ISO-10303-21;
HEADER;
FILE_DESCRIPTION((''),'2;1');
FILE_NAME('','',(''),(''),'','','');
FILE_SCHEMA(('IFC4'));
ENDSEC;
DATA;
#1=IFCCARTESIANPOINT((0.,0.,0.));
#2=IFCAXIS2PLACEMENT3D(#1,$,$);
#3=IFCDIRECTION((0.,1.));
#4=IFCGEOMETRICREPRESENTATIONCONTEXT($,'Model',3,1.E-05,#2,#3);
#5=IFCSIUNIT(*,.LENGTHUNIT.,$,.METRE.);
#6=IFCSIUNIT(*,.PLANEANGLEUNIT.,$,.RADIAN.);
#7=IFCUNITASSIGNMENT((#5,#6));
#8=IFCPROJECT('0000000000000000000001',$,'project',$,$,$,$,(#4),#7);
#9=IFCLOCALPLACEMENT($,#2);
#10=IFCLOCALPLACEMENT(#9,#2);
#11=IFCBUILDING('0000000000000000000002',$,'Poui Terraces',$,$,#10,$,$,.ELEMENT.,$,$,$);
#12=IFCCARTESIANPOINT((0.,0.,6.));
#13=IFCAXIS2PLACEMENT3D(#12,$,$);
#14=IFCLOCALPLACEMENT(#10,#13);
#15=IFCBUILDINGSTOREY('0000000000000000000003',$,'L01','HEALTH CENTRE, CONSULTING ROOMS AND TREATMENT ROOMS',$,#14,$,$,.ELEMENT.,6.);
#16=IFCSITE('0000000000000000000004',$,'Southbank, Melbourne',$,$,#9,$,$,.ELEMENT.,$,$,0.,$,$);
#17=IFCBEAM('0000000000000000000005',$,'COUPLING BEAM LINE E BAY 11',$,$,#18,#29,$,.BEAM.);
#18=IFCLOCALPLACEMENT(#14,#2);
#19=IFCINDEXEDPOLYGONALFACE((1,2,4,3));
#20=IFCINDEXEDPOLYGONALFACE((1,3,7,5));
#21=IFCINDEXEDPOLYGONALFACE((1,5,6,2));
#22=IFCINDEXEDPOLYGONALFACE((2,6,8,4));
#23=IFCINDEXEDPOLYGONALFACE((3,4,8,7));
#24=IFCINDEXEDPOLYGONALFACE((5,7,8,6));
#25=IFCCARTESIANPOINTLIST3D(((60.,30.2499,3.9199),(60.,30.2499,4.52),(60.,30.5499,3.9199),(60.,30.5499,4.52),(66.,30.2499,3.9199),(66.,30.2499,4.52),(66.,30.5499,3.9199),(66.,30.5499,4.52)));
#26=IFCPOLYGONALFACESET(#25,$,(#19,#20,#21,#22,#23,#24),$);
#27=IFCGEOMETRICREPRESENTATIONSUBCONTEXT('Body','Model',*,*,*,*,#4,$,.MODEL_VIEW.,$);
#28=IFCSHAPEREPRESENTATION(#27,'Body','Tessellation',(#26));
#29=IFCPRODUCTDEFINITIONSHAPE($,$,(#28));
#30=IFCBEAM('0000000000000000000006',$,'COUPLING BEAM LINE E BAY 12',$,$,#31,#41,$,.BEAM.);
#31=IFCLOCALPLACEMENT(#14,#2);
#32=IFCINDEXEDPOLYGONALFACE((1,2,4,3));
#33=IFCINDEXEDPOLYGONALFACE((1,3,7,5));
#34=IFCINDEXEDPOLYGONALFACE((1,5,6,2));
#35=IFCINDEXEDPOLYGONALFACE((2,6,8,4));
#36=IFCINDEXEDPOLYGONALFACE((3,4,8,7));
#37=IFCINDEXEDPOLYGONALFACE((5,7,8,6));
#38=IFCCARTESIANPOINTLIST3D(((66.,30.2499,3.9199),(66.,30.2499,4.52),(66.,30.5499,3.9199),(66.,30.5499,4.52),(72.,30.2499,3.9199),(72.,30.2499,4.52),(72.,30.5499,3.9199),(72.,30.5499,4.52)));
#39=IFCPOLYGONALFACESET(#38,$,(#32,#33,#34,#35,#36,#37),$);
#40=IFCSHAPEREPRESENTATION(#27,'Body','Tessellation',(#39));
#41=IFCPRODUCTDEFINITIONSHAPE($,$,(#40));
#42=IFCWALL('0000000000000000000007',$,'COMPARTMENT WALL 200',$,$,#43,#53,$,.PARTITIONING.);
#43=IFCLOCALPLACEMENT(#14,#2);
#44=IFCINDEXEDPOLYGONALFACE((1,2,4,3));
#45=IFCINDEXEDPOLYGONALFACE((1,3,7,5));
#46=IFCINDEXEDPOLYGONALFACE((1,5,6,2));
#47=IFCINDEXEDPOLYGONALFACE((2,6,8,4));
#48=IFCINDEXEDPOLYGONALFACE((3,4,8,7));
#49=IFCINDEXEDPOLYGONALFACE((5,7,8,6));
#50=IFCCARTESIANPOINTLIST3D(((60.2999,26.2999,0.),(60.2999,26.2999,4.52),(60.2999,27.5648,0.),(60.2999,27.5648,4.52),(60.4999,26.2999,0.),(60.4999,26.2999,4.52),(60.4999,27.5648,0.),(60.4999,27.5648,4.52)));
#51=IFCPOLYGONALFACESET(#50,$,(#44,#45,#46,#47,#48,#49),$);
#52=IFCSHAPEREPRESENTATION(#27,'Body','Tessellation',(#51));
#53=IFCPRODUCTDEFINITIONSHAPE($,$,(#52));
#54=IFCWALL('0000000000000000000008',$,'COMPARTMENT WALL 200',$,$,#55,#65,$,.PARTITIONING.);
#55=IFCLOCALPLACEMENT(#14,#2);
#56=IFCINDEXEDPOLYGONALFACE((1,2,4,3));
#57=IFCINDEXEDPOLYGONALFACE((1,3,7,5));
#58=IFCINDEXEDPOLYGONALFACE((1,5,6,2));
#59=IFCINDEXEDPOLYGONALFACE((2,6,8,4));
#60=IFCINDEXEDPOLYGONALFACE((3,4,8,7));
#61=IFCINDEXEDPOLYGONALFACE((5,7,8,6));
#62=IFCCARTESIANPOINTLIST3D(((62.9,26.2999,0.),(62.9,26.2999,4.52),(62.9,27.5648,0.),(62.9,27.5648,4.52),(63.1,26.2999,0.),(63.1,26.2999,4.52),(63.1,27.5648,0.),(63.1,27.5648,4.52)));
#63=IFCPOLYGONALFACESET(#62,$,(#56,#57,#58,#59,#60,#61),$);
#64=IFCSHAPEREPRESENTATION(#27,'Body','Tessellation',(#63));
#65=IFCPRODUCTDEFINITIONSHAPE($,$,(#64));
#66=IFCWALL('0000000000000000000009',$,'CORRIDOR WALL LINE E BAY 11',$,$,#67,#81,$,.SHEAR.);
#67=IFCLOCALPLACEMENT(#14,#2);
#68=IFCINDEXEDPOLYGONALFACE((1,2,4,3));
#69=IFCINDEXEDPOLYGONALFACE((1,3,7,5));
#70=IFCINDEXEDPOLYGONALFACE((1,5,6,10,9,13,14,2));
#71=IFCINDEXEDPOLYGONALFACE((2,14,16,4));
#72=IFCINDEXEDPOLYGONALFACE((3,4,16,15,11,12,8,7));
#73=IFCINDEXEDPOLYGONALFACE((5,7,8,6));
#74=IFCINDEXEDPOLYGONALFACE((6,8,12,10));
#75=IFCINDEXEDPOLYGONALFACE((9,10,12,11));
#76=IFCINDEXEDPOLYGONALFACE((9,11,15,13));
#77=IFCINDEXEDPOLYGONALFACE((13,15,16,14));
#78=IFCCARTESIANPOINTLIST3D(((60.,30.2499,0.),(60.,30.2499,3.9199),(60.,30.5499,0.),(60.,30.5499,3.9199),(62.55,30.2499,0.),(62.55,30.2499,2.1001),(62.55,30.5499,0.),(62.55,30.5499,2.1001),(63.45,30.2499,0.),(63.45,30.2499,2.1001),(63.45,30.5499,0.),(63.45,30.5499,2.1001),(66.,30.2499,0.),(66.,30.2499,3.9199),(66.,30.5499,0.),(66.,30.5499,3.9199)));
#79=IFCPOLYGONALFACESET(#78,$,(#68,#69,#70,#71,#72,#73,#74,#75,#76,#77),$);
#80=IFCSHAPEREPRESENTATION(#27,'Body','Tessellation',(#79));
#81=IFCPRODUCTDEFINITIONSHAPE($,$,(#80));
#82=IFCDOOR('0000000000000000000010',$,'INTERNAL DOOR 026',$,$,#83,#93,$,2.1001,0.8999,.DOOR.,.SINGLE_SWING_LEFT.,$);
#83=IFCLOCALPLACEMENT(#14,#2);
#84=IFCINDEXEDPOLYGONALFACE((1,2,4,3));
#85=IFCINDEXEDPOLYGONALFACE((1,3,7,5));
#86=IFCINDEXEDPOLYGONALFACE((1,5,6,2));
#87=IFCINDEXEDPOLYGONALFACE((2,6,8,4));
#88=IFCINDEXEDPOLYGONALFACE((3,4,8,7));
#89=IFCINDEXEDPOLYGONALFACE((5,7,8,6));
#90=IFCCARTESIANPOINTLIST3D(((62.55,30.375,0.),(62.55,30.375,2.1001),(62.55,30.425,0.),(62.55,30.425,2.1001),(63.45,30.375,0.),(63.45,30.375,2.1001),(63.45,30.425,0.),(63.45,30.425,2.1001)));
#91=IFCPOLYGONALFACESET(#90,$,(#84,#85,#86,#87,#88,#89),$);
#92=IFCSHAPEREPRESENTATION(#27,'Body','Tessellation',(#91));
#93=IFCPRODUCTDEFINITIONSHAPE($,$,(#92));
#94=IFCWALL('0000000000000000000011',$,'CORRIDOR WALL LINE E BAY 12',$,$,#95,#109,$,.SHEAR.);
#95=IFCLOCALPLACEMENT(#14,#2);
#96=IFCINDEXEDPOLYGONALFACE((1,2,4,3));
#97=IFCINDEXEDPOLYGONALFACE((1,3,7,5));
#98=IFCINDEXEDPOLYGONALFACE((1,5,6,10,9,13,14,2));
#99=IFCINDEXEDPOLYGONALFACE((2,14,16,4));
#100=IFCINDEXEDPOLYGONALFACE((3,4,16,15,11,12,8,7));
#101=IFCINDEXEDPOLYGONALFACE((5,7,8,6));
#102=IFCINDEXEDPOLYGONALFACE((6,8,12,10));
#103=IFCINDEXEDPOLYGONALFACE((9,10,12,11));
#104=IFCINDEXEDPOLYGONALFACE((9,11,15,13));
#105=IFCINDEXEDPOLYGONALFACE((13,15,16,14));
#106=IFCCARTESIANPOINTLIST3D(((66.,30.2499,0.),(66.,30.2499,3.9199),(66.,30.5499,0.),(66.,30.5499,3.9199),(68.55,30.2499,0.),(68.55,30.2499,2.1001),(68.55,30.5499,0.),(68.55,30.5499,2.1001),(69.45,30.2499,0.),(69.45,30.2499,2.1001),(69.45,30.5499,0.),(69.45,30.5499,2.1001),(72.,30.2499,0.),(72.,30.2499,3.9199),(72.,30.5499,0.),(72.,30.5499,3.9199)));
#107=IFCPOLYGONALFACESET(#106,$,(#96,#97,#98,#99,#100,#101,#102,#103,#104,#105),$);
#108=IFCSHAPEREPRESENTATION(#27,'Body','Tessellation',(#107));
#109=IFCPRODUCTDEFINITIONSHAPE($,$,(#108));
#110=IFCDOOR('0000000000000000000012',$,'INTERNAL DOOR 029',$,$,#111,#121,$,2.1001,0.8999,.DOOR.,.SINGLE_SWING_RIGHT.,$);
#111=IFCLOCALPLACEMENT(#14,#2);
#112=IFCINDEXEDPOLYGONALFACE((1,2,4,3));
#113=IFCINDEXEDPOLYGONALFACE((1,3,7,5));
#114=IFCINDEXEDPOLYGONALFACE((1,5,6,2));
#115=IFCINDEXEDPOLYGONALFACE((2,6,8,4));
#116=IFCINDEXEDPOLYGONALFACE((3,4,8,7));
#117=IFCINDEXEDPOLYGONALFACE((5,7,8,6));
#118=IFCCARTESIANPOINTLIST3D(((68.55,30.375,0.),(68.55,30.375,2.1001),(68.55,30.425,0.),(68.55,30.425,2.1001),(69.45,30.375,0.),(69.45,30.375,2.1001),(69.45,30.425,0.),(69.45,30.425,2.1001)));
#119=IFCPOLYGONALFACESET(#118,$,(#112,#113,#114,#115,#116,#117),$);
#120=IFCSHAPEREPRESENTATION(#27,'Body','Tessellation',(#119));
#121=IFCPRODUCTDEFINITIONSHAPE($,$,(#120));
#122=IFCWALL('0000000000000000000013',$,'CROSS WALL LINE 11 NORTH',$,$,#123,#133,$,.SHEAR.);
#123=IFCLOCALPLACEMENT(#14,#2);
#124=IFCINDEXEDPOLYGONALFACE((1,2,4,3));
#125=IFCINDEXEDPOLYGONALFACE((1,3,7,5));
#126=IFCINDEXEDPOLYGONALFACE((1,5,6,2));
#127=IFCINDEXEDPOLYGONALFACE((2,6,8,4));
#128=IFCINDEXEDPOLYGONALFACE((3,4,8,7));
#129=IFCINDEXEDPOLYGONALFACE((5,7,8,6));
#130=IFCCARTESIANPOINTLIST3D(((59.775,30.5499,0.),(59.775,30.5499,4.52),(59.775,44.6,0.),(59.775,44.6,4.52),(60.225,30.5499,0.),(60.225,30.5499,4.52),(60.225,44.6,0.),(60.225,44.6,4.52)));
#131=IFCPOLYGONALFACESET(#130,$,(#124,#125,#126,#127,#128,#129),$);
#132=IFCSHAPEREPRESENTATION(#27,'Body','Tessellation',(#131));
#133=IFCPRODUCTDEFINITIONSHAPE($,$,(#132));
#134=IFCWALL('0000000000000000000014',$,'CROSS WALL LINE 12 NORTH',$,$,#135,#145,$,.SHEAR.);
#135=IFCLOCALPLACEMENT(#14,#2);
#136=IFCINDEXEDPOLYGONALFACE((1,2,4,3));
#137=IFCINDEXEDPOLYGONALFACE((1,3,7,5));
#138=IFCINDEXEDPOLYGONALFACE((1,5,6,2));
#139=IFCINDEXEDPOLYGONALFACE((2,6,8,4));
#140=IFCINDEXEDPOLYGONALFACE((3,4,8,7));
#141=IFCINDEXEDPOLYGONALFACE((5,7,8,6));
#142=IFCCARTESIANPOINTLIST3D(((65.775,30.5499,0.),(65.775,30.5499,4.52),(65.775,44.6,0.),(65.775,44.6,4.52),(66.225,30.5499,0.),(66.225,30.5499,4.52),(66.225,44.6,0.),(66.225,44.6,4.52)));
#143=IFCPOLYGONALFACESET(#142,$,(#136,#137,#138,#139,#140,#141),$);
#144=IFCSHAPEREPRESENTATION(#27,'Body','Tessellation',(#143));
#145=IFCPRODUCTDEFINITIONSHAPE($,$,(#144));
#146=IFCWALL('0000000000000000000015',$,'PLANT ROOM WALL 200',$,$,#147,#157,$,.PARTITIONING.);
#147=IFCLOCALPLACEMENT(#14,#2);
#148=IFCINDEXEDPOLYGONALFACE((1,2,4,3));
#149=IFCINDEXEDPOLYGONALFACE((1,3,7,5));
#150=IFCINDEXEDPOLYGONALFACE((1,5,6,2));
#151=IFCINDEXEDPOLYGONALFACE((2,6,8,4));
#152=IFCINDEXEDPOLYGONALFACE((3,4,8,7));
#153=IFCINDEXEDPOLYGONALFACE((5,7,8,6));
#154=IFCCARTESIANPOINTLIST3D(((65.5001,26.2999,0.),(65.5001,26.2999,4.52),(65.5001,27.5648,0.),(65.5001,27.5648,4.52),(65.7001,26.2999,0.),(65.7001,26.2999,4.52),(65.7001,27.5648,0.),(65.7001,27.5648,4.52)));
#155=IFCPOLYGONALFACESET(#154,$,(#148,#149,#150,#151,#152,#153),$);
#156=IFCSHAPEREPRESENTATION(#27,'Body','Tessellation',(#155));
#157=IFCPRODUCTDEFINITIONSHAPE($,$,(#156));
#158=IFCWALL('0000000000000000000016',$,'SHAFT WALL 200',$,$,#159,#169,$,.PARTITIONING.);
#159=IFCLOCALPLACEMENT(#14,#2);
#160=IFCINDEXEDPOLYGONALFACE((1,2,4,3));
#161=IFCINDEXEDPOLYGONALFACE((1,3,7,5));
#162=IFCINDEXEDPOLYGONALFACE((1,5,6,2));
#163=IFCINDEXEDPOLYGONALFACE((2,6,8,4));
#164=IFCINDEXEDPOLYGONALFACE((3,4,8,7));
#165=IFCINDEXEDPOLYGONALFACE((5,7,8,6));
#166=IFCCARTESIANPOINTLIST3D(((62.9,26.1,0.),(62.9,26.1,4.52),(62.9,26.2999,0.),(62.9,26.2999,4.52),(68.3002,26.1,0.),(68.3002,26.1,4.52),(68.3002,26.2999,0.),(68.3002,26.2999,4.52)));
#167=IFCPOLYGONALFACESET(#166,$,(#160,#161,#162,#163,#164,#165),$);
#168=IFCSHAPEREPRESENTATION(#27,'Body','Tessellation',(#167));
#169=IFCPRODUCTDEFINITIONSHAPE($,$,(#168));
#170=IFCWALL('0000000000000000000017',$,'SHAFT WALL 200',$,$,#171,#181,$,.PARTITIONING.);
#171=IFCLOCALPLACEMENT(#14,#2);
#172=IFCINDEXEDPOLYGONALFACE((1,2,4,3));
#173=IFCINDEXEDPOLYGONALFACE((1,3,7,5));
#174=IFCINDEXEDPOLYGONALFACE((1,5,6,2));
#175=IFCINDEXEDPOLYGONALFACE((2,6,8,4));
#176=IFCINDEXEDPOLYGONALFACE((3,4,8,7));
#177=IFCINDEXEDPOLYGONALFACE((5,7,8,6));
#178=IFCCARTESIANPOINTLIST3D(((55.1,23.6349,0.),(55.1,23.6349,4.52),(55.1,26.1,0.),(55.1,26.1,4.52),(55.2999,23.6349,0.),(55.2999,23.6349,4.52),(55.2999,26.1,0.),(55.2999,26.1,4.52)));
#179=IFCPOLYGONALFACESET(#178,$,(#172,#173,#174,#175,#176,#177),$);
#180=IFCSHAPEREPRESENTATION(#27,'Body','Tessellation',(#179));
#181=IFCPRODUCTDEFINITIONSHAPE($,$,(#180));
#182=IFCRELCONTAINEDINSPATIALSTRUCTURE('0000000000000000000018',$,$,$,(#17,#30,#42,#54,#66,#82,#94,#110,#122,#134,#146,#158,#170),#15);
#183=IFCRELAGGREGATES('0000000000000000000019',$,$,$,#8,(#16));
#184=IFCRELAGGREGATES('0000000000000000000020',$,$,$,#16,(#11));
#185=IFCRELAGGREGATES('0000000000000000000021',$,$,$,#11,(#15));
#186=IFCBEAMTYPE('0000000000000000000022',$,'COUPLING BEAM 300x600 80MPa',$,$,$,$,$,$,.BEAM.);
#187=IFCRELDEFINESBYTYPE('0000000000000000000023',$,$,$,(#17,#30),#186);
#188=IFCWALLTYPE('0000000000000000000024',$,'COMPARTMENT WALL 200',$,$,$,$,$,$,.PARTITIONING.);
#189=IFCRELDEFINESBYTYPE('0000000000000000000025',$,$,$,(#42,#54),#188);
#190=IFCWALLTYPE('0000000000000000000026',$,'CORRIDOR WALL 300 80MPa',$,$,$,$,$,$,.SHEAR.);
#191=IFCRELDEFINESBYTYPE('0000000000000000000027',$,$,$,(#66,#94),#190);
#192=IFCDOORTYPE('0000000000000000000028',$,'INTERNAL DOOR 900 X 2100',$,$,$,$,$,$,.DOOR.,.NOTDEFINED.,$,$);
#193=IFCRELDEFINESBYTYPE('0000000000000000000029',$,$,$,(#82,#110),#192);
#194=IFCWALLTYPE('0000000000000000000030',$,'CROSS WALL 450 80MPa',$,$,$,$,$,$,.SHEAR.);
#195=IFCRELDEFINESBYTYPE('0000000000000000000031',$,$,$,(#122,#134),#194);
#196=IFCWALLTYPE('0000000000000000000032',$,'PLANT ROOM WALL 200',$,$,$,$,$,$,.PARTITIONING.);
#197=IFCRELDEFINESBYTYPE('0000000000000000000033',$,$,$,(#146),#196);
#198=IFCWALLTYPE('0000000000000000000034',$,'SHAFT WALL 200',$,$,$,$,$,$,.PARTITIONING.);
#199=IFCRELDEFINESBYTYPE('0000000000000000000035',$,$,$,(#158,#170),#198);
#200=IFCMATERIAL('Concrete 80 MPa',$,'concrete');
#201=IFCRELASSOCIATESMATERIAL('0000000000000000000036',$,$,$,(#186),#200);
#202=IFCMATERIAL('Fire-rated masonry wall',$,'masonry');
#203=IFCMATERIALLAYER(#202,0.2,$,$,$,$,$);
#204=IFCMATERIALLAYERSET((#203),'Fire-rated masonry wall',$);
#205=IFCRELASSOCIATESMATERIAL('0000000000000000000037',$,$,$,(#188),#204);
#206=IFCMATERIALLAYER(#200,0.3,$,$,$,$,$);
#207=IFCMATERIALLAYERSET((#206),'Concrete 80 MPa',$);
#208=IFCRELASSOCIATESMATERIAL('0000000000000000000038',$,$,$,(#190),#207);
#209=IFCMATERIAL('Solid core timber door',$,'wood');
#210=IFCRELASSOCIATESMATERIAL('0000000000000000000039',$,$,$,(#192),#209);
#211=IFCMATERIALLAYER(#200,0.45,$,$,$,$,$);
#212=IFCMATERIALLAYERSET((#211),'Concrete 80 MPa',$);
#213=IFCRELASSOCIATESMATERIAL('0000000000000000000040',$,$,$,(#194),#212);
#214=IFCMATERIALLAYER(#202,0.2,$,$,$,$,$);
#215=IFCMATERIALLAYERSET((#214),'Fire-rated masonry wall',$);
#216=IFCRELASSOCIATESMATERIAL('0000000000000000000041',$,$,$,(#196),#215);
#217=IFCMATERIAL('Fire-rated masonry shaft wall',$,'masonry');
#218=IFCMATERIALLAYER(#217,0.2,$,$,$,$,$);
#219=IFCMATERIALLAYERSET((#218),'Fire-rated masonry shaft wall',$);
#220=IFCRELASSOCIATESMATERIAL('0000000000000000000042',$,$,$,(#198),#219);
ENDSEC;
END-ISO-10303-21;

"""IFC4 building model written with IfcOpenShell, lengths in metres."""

from ifc_helpers import new_model, si_unit, direction, frame, frame_2d, origin, origin_2d, place, context, subcontext, project, spatial, rectangle, extrude, source, transform, mapped, material, layer, layer_set, material_profile, profile_set, type_object, element, fill, save


model = new_model("IFC4")

# Units and contexts
model_context = context("Model", 3, precision=1e-05, world=origin(), true_north=direction((0.0, 1.0)))
body_context = subcontext(model_context, "Body", "Model", "MODEL_VIEW")
ifc_project = project(units=[si_unit("LENGTHUNIT", "METRE"), si_unit("PLANEANGLEUNIT", "RADIAN")], contexts=[model_context])

# Site, building, storey
site_placement = place(None, origin())
site = spatial("IfcSite", under=ifc_project, at=site_placement, Name="Southbank, Melbourne", CompositionType="ELEMENT", RefElevation=0.0)
building_placement = place(site_placement, origin())
building = spatial("IfcBuilding", under=site, at=building_placement, Name="Poui Terraces", CompositionType="ELEMENT")
storey_placement = place(building_placement, frame((0.0, 0.0, 6.0)))
storey = spatial("IfcBuildingStorey", under=building, at=storey_placement, Name="L01", Description="HEALTH CENTRE, CONSULTING ROOMS AND TREATMENT ROOMS", CompositionType="ELEMENT", Elevation=6.0)

# Beams
ifc_material_1 = material(Name="Concrete 80 MPa", Category="concrete")
ifc_material_profile = material_profile(ifc_material_1, rectangle(XDim=0.3, YDim=0.6001, at=origin_2d()), Name="RC 300x600")
ifc_profile_set = profile_set([ifc_material_profile], Name="Concrete 80 MPa")
beam_type = type_object("IfcBeamType", Name="COUPLING BEAM 300x600 80MPa", PredefinedType="BEAM", material=ifc_profile_set)
shared_shape = source(origin(), body_context, "Body", "SweptSolid", [
    extrude(rectangle(XDim=0.3, YDim=0.6001, at=origin_2d()), origin(), (0.0, 0.0, 1.0), 6.0),
])
for number, where, z_axis, x_axis, name in (
    (1, (60.0, 30.3999, 4.22), (1.0, 0.0, 0.0), (0.0, 1.0, 0.0), "COUPLING BEAM LINE E BAY 11"),
    (2, (66.0, 30.3999, 4.22), (1.0, 0.0, 0.0), (0.0, 1.0, 0.0), "COUPLING BEAM LINE E BAY 12"),
):
    element("IfcBeam", number, at=place(storey_placement, frame(where, z_axis=z_axis, x_axis=x_axis)), inside=storey, type_object=beam_type, Name=name, PredefinedType="BEAM", context=body_context, shape_type="MappedRepresentation", body=[
        mapped(shared_shape, transform((0.0, 0.0, 0.0))),
    ])

# Walls
ifc_material_2 = material(Name="Fire-rated masonry wall", Category="masonry")
ifc_layer_1 = layer(ifc_material_2, 0.2)
ifc_layer_set_1 = layer_set([ifc_layer_1], Name="Fire-rated masonry wall")
wall_type_1 = type_object("IfcWallType", Name="COMPARTMENT WALL 200", PredefinedType="PARTITIONING", material=ifc_layer_set_1)
for number, where, z_axis, x_axis, name in (
    (3, (60.3999, 26.3, 0.0), (0.0, 0.0, 1.0), (0.0, 1.0, 0.0), "COMPARTMENT WALL 200"),
    (4, (63.0, 26.3, 0.0), (0.0, 0.0, 1.0), (0.0, 1.0, 0.0), "COMPARTMENT WALL 200"),
):
    element("IfcWall", number, at=place(storey_placement, frame(where, z_axis=z_axis, x_axis=x_axis)), inside=storey, type_object=wall_type_1, Name=name, PredefinedType="PARTITIONING", context=body_context, shape_type="SweptSolid", body=[
        extrude(rectangle(XDim=1.2649, YDim=0.2, at=frame_2d((0.6323, 0.0))), origin(), (0.0, 0.0, 1.0), 4.52),
    ])

# Walls, openings, doors
ifc_layer_2 = layer(ifc_material_1, 0.3)
ifc_layer_set_2 = layer_set([ifc_layer_2], Name="Concrete 80 MPa")
wall_type_2 = type_object("IfcWallType", Name="CORRIDOR WALL 300 80MPa", PredefinedType="SHEAR", material=ifc_layer_set_2)
wall_1_placement = place(storey_placement, frame((60.0, 30.3999, 0.0), z_axis=(0.0, 0.0, 1.0), x_axis=(1.0, 0.0, 0.0)))
wall_1 = element("IfcWall", 5, at=wall_1_placement, inside=storey, type_object=wall_type_2, Name="CORRIDOR WALL LINE E BAY 11", PredefinedType="SHEAR", context=body_context, shape_type="SweptSolid", body=[
    extrude(rectangle(XDim=6.0, YDim=0.3, at=frame_2d((3.0, 0.0))), origin(), (0.0, 0.0, 1.0), 3.9199),
])
opening_1_placement = place(wall_1_placement, frame((2.55, 0.0, 0.0)))
opening_1 = element("IfcOpeningElement", 6, at=opening_1_placement, cuts=wall_1, PredefinedType="OPENING", context=body_context, shape_type="SweptSolid", body=[
    extrude(rectangle(XDim=0.8999, YDim=2.1001, at=frame_2d((0.45, 1.05))), frame((0.0, 0.1602, 0.0), z_axis=(0.0, -1.0, 0.0), x_axis=(1.0, 0.0, 0.0)), (0.0, 0.0, 1.0), 0.3201),
])
ifc_material_3 = material(Name="Solid core timber door", Category="wood")
door_type = type_object("IfcDoorType", Name="INTERNAL DOOR 900 X 2100", OperationType="NOTDEFINED", PredefinedType="DOOR", material=ifc_material_3)
door_1_placement = place(opening_1_placement, frame((0.8999, 0.0, 0.0), z_axis=(0.0, 0.0, 1.0), x_axis=(-1.0, 0.0, 0.0)))
door_1 = element("IfcDoor", 7, at=door_1_placement, inside=storey, type_object=door_type, Name="INTERNAL DOOR 026", OperationType="SINGLE_SWING_LEFT", OverallHeight=2.1001, OverallWidth=0.8999, PredefinedType="DOOR", context=body_context, shape_type="SweptSolid", body=[
    extrude(rectangle(XDim=0.8999, YDim=2.1001, at=frame_2d((0.45, 1.05))), frame((0.0, 0.0249, 0.0), z_axis=(0.0, -1.0, 0.0), x_axis=(1.0, 0.0, 0.0)), (0.0, 0.0, 1.0), 0.05),
])
fill(opening_1, door_1)
wall_2_placement = place(storey_placement, frame((66.0, 30.3999, 0.0), z_axis=(0.0, 0.0, 1.0), x_axis=(1.0, 0.0, 0.0)))
wall_2 = element("IfcWall", 8, at=wall_2_placement, inside=storey, type_object=wall_type_2, Name="CORRIDOR WALL LINE E BAY 12", PredefinedType="SHEAR", context=body_context, shape_type="SweptSolid", body=[
    extrude(rectangle(XDim=6.0, YDim=0.3, at=frame_2d((3.0, 0.0))), origin(), (0.0, 0.0, 1.0), 3.9199),
])
opening_2_placement = place(wall_2_placement, frame((2.55, 0.0, 0.0)))
opening_2 = element("IfcOpeningElement", 9, at=opening_2_placement, cuts=wall_2, PredefinedType="OPENING", context=body_context, shape_type="SweptSolid", body=[
    extrude(rectangle(XDim=0.8999, YDim=2.1001, at=frame_2d((0.45, 1.05))), frame((0.0, 0.1602, 0.0), z_axis=(0.0, -1.0, 0.0), x_axis=(1.0, 0.0, 0.0)), (0.0, 0.0, 1.0), 0.3201),
])
door_2_placement = place(opening_2_placement, frame((0.8999, 0.0, 0.0), z_axis=(0.0, 0.0, 1.0), x_axis=(-1.0, 0.0, 0.0)))
door_2 = element("IfcDoor", 10, at=door_2_placement, inside=storey, type_object=door_type, Name="INTERNAL DOOR 029", OperationType="SINGLE_SWING_RIGHT", OverallHeight=2.1001, OverallWidth=0.8999, PredefinedType="DOOR", context=body_context, shape_type="SweptSolid", body=[
    extrude(rectangle(XDim=0.8999, YDim=2.1001, at=frame_2d((0.45, 1.05))), frame((0.0, 0.0249, 0.0), z_axis=(0.0, -1.0, 0.0), x_axis=(1.0, 0.0, 0.0)), (0.0, 0.0, 1.0), 0.05),
])
fill(opening_2, door_2)

# Walls
ifc_layer_3 = layer(ifc_material_1, 0.45)
ifc_layer_set_3 = layer_set([ifc_layer_3], Name="Concrete 80 MPa")
wall_type_3 = type_object("IfcWallType", Name="CROSS WALL 450 80MPa", PredefinedType="SHEAR", material=ifc_layer_set_3)
for number, where, z_axis, x_axis, name in (
    (11, (60.0, 30.55, 0.0), (0.0, 0.0, 1.0), (0.0, 1.0, 0.0), "CROSS WALL LINE 11 NORTH"),
    (12, (66.0, 30.55, 0.0), (0.0, 0.0, 1.0), (0.0, 1.0, 0.0), "CROSS WALL LINE 12 NORTH"),
):
    element("IfcWall", number, at=place(storey_placement, frame(where, z_axis=z_axis, x_axis=x_axis)), inside=storey, type_object=wall_type_3, Name=name, PredefinedType="SHEAR", context=body_context, shape_type="SweptSolid", body=[
        extrude(rectangle(XDim=14.05, YDim=0.45, at=frame_2d((7.0249, 0.0))), origin(), (0.0, 0.0, 1.0), 4.52),
    ])
ifc_layer_4 = layer(ifc_material_2, 0.2)
ifc_layer_set_4 = layer_set([ifc_layer_4], Name="Fire-rated masonry wall")
wall_type_4 = type_object("IfcWallType", Name="PLANT ROOM WALL 200", PredefinedType="PARTITIONING", material=ifc_layer_set_4)
wall_3_placement = place(storey_placement, frame((65.6001, 26.3, 0.0), z_axis=(0.0, 0.0, 1.0), x_axis=(0.0, 1.0, 0.0)))
element("IfcWall", 13, at=wall_3_placement, inside=storey, type_object=wall_type_4, Name="PLANT ROOM WALL 200", PredefinedType="PARTITIONING", context=body_context, shape_type="SweptSolid", body=[
    extrude(rectangle(XDim=1.2649, YDim=0.2, at=frame_2d((0.6323, 0.0))), origin(), (0.0, 0.0, 1.0), 4.52),
])
ifc_material_4 = material(Name="Fire-rated masonry shaft wall", Category="masonry")
ifc_layer_5 = layer(ifc_material_4, 0.2)
ifc_layer_set_5 = layer_set([ifc_layer_5], Name="Fire-rated masonry shaft wall")
wall_type_5 = type_object("IfcWallType", Name="SHAFT WALL 200", PredefinedType="PARTITIONING", material=ifc_layer_set_5)
wall_4_placement = place(storey_placement, frame((62.8999, 26.2, 0.0), z_axis=(0.0, 0.0, 1.0), x_axis=(1.0, 0.0, 0.0)))
element("IfcWall", 14, at=wall_4_placement, inside=storey, type_object=wall_type_5, Name="SHAFT WALL 200", PredefinedType="PARTITIONING", context=body_context, shape_type="SweptSolid", body=[
    extrude(rectangle(XDim=5.4001, YDim=0.2, at=frame_2d((2.7002, 0.0))), origin(), (0.0, 0.0, 1.0), 4.52),
])
for number, where, z_axis, x_axis, name in (
    (15, (55.2, 23.635, 0.0), (0.0, 0.0, 1.0), (0.0, 1.0, 0.0), "SHAFT WALL 200"),
):
    element("IfcWall", number, at=place(storey_placement, frame(where, z_axis=z_axis, x_axis=x_axis)), inside=storey, type_object=wall_type_5, Name=name, PredefinedType="PARTITIONING", context=body_context, shape_type="SweptSolid", body=[
        extrude(rectangle(XDim=2.4651, YDim=0.2, at=frame_2d((1.2324, 0.0))), origin(), (0.0, 0.0, 1.0), 4.52),
    ])

save(model, "model.ifc")
